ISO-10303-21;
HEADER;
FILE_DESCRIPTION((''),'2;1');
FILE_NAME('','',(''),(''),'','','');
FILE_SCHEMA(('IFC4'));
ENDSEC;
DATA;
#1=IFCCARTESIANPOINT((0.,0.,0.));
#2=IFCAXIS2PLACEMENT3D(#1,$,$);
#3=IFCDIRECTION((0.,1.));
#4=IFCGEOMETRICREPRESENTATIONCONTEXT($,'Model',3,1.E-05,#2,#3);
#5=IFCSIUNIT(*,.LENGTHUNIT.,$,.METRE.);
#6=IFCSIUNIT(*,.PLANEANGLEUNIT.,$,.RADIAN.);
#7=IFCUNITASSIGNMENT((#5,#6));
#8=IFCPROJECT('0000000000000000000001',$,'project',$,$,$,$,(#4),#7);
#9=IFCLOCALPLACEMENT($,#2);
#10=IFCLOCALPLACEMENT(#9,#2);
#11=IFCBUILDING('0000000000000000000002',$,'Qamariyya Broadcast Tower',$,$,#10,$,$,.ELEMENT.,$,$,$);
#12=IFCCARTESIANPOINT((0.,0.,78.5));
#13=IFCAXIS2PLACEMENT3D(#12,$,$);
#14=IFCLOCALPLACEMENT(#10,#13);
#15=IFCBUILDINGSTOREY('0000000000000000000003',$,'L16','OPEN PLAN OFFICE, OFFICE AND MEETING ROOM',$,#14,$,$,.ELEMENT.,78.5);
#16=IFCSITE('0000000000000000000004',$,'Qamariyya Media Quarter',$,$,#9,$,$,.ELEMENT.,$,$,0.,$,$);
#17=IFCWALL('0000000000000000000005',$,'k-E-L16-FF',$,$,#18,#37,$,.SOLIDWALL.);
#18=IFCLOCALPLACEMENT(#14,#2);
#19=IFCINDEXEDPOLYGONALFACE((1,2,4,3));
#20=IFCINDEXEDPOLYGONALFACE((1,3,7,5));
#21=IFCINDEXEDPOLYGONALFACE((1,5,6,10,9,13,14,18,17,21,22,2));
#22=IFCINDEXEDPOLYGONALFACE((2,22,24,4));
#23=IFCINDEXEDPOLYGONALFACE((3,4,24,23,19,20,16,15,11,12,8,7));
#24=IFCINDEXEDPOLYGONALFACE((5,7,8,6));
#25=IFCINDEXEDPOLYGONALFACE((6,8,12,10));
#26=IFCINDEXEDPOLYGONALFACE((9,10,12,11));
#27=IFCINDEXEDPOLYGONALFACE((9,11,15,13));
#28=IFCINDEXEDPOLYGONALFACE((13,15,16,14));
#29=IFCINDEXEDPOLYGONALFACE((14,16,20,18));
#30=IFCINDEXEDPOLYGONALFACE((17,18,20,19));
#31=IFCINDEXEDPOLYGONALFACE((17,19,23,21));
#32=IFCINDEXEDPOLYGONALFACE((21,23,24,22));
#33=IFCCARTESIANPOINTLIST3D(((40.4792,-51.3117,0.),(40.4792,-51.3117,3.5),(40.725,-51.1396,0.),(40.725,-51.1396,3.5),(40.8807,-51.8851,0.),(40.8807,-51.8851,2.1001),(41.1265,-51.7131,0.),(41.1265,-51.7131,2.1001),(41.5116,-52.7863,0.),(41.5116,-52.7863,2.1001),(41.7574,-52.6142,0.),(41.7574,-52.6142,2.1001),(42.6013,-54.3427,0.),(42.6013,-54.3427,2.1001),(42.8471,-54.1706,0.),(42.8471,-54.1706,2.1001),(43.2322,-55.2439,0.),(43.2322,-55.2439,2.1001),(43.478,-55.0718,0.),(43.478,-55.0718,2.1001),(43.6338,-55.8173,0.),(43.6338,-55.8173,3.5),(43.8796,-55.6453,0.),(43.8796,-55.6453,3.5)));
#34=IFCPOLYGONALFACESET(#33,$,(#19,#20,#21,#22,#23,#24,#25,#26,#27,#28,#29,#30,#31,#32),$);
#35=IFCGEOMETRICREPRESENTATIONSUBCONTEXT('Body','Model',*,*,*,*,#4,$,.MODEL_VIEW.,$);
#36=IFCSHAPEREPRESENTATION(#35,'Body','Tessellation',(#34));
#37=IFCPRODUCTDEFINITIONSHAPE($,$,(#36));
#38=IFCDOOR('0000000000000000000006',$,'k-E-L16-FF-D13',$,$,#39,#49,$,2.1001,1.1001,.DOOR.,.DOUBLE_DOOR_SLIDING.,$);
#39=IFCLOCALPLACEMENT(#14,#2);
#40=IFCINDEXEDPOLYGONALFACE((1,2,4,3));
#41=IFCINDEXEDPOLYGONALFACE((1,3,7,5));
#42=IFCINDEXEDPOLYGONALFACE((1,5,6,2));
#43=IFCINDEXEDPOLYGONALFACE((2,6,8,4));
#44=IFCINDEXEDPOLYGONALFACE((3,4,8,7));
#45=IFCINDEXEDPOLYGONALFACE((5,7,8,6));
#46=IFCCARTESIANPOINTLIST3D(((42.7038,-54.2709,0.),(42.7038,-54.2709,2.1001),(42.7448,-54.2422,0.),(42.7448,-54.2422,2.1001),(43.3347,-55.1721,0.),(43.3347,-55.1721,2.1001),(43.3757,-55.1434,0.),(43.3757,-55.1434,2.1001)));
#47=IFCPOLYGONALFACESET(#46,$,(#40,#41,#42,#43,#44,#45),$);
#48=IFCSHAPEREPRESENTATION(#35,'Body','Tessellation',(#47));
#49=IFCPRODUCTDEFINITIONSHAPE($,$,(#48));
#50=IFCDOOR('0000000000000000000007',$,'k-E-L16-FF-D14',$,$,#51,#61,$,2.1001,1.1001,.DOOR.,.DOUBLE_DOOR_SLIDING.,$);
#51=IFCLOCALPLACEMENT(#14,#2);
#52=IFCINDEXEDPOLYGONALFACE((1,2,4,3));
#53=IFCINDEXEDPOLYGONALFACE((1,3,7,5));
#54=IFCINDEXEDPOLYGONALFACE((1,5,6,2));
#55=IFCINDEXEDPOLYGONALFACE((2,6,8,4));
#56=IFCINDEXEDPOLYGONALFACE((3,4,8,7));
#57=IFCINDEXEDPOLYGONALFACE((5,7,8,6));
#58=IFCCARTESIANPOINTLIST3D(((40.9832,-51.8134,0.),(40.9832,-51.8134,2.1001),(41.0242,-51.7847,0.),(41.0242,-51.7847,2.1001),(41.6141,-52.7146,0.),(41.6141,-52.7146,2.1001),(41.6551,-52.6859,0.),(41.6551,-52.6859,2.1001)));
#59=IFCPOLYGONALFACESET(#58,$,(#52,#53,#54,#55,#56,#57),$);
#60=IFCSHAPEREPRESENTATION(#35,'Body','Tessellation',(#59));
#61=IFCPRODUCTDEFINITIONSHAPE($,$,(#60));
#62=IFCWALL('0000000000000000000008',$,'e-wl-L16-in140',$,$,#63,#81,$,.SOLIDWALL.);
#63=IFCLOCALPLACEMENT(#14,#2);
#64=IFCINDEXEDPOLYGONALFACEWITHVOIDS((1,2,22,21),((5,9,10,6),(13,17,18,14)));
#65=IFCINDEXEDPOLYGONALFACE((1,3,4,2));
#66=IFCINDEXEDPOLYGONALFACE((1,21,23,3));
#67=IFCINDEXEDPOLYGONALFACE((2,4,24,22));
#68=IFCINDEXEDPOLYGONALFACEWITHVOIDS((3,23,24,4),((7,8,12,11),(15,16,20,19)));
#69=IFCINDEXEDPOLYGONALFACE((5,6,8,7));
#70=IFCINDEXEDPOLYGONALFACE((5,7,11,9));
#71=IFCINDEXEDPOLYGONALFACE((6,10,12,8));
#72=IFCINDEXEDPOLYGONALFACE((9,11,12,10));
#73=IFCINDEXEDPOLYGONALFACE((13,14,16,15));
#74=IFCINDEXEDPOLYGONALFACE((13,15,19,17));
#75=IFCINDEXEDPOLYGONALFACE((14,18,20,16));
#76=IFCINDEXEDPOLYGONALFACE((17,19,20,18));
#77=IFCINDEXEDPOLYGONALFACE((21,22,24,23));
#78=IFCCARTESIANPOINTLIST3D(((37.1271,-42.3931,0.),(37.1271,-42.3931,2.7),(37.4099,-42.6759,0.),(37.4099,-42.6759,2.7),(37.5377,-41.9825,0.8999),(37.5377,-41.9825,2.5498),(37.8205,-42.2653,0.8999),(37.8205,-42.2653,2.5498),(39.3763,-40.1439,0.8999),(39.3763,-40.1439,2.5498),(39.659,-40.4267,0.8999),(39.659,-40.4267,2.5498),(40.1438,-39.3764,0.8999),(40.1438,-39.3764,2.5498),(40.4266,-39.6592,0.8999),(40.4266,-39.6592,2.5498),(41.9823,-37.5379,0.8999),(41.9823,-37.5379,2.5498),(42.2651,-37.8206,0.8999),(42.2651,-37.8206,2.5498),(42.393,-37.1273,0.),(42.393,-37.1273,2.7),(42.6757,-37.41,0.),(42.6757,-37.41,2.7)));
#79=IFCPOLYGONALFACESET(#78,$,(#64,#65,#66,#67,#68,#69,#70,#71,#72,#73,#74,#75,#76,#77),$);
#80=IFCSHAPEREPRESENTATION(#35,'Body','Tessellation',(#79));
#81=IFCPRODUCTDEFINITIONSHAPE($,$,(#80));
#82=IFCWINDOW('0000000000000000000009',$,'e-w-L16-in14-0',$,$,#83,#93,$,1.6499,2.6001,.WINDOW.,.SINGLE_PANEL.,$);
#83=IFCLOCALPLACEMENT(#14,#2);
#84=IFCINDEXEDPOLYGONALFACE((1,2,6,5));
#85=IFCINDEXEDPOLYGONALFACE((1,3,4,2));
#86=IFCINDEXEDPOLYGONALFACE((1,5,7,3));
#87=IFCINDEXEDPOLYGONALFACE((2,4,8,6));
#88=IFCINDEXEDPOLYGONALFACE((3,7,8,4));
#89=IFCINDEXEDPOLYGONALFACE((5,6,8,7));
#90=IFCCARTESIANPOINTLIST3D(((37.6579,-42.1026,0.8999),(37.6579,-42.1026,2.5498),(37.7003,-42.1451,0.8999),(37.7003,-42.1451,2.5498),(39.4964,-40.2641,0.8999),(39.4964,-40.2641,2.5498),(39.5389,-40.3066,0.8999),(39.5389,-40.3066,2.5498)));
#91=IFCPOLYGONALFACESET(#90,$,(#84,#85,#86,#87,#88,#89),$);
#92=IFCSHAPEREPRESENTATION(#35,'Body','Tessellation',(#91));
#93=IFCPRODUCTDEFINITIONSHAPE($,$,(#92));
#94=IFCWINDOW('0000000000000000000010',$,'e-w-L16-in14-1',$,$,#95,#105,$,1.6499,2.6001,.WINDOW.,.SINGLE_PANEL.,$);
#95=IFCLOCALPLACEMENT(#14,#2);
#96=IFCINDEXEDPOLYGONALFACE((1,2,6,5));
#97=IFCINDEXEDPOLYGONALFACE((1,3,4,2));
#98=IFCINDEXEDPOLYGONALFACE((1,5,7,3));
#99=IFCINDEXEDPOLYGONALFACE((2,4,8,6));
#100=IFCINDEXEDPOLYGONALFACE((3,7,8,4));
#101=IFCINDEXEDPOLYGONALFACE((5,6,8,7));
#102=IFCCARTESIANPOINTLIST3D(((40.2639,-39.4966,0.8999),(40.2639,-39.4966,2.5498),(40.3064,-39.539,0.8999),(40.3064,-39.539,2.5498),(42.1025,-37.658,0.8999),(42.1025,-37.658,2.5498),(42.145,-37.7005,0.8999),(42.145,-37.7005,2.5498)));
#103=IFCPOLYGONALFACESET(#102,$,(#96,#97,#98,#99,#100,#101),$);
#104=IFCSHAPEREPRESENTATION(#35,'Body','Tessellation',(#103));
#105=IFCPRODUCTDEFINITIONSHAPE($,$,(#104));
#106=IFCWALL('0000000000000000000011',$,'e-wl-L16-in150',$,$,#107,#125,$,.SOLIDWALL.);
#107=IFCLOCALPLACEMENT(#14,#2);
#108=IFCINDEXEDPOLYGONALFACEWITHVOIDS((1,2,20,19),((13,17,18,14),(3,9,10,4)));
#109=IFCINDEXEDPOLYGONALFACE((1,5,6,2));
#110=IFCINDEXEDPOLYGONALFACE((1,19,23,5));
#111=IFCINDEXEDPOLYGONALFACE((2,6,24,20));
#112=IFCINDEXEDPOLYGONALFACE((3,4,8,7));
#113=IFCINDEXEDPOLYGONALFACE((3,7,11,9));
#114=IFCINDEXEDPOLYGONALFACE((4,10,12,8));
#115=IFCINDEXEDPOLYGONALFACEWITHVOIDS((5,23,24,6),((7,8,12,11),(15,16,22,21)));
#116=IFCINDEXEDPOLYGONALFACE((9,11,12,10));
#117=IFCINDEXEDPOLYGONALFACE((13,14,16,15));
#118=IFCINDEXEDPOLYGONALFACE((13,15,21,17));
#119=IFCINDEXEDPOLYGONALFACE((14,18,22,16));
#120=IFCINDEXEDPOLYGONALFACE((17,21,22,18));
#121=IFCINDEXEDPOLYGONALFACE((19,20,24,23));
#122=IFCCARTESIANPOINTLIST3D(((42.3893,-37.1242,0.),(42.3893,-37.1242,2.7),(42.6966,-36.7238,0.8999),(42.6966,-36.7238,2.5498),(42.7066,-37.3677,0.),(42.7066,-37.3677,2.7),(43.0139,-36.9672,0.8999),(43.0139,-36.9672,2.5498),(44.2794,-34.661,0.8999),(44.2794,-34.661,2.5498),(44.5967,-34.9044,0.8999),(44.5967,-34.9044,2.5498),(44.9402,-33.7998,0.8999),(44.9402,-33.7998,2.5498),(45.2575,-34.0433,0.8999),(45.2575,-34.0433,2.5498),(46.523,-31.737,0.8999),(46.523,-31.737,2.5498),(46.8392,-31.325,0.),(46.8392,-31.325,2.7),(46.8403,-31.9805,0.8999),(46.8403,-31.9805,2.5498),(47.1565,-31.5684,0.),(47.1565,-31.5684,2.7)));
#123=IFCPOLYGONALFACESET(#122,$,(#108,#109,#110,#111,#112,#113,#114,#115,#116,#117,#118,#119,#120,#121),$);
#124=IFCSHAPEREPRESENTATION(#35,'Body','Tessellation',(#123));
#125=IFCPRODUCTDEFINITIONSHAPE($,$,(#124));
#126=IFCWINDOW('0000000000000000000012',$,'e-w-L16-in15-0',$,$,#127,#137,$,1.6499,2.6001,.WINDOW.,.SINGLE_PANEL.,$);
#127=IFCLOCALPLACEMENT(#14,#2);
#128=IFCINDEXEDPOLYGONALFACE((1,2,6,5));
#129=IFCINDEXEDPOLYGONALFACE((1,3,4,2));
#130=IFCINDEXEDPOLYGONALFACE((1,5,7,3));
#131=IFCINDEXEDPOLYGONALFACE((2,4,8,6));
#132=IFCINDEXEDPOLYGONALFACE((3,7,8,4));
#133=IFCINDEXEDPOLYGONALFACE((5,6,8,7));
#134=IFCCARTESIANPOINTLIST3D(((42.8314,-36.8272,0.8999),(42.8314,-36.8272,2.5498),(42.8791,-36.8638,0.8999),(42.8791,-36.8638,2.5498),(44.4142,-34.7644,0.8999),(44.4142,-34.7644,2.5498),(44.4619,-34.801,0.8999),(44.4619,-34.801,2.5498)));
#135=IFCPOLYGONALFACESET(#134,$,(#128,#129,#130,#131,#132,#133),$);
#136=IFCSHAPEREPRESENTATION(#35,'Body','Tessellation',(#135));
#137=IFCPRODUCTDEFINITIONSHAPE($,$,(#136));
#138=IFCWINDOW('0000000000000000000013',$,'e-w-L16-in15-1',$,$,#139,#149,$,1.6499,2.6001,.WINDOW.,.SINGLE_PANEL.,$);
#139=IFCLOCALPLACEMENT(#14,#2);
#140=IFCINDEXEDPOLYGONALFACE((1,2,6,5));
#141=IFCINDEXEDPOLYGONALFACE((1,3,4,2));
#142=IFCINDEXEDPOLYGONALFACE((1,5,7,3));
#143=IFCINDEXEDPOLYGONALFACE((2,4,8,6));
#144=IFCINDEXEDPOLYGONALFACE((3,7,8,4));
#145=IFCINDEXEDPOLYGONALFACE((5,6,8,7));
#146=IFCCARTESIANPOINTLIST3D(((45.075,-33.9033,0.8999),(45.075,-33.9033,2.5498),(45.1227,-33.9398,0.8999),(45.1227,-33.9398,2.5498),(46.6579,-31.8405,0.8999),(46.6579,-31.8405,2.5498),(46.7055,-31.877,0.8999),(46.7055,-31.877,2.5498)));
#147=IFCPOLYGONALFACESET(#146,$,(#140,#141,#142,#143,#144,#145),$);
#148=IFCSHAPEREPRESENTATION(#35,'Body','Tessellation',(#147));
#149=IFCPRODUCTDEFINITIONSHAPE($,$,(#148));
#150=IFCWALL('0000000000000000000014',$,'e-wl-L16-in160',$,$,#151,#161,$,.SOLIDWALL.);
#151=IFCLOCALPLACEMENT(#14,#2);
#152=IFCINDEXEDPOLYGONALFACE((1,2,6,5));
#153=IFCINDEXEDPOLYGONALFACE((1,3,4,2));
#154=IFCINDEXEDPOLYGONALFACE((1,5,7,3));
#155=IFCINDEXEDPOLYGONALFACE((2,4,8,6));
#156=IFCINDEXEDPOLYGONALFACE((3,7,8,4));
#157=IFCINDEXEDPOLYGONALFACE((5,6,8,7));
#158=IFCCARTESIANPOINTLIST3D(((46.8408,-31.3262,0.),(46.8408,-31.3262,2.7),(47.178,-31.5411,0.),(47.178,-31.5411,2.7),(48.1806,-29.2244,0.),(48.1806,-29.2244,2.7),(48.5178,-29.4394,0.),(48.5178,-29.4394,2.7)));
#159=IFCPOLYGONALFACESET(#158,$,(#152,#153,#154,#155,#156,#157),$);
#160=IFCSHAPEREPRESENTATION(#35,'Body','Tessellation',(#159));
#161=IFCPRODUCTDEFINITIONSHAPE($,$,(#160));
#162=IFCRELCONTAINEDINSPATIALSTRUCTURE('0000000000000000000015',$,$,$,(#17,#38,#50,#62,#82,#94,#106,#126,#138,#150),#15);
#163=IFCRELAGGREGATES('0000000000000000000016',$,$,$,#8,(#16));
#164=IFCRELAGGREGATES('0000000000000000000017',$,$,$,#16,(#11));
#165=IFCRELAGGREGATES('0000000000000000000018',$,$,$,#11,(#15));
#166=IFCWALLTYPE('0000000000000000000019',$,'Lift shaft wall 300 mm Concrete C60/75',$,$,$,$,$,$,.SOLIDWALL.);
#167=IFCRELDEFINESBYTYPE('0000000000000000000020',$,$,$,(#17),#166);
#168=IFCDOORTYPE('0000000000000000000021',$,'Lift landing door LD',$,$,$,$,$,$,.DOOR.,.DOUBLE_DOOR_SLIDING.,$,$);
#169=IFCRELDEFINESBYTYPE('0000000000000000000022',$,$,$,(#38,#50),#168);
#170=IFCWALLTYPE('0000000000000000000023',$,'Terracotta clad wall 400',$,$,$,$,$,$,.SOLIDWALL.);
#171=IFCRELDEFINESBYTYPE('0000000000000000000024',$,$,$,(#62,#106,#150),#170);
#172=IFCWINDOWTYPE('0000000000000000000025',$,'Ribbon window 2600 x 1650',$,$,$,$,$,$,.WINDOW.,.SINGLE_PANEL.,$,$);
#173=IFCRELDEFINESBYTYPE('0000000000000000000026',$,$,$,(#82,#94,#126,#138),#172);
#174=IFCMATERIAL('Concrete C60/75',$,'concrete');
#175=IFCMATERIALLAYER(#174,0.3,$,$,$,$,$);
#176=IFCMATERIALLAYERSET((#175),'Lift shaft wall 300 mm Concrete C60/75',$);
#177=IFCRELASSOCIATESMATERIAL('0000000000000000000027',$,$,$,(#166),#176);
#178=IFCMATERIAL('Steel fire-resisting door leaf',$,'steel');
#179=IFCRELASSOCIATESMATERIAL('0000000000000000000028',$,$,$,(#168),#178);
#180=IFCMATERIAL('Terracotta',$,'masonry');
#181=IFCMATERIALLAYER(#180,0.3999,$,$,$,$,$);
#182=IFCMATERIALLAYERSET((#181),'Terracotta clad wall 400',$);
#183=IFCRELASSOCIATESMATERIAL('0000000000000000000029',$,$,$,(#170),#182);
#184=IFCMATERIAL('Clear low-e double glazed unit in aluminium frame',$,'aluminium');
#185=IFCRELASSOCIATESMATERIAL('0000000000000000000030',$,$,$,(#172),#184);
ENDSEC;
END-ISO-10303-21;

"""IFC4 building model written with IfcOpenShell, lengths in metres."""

from ifc_helpers import new_model, si_unit, direction, frame, frame_2d, origin, place, context, subcontext, project, spatial, rectangle, extrude, material, layer, layer_set, type_object, element, fill, save


model = new_model("IFC4")

# Units and contexts
model_context = context("Model", 3, precision=1e-05, world=origin(), true_north=direction((0.0, 1.0)))
body_context = subcontext(model_context, "Body", "Model", "MODEL_VIEW")
ifc_project = project(units=[si_unit("LENGTHUNIT", "METRE"), si_unit("PLANEANGLEUNIT", "RADIAN")], contexts=[model_context])

# Site, building, storey
site_placement = place(None, origin())
site = spatial("IfcSite", under=ifc_project, at=site_placement, Name="Qamariyya Media Quarter", CompositionType="ELEMENT", RefElevation=0.0)
building_placement = place(site_placement, origin())
building = spatial("IfcBuilding", under=site, at=building_placement, Name="Qamariyya Broadcast Tower", CompositionType="ELEMENT")
storey_placement = place(building_placement, frame((0.0, 0.0, 78.5)))
storey = spatial("IfcBuildingStorey", under=building, at=storey_placement, Name="L16", Description="OPEN PLAN OFFICE, OFFICE AND MEETING ROOM", CompositionType="ELEMENT", Elevation=78.5)

# Shared definitions
ifc_material_1 = material(Name="Concrete C60/75", Category="concrete")

# Wall, openings, doors
ifc_layer_1 = layer(ifc_material_1, 0.3)
ifc_layer_set_1 = layer_set([ifc_layer_1], Name="Lift shaft wall 300 mm Concrete C60/75")
wall_type_1 = type_object("IfcWallType", Name="Lift shaft wall 300 mm Concrete C60/75", PredefinedType="SOLIDWALL", material=ifc_layer_set_1)
wall_1_placement = place(storey_placement, frame((43.7566, -55.7312, 0.0), z_axis=(0.0, 0.0, 1.0), x_axis=(-0.573537, 0.81918, 0.0)))
wall_1 = element("IfcWall", 1, at=wall_1_placement, inside=storey, type_object=wall_type_1, Name="k-E-L16-FF", PredefinedType="SOLIDWALL", context=body_context, shape_type="SweptSolid", body=[
    extrude(rectangle(XDim=5.5002, YDim=0.3, at=frame_2d((2.75, 0.0))), origin(), (0.0, 0.0, 1.0), 3.5),
])
opening_1_placement = place(wall_1_placement, frame((0.7, 0.0, 0.0)))
opening_1 = element("IfcOpeningElement", 2, at=opening_1_placement, cuts=wall_1, PredefinedType="OPENING", context=body_context, shape_type="SweptSolid", body=[
    extrude(rectangle(XDim=1.1001, YDim=2.1001, at=frame_2d((0.55, 1.05))), frame((0.0, 0.1599, 0.0), z_axis=(0.0, -1.0, 0.0), x_axis=(1.0, 0.0, 0.0)), (0.0, 0.0, 1.0), 0.3201),
])
opening_2_placement = place(wall_1_placement, frame((3.7, 0.0, 0.0)))
opening_2 = element("IfcOpeningElement", 3, at=opening_2_placement, cuts=wall_1, PredefinedType="OPENING", context=body_context, shape_type="SweptSolid", body=[
    extrude(rectangle(XDim=1.1001, YDim=2.1001, at=frame_2d((0.55, 1.05))), frame((0.0, 0.1599, 0.0), z_axis=(0.0, -1.0, 0.0), x_axis=(1.0, 0.0, 0.0)), (0.0, 0.0, 1.0), 0.3201),
])
ifc_material_2 = material(Name="Steel fire-resisting door leaf", Category="steel")
door_type_1 = type_object("IfcDoorType", Name="Lift landing door LD", OperationType="DOUBLE_DOOR_SLIDING", PredefinedType="DOOR", material=ifc_material_2)
door_1_placement = place(opening_1_placement, origin())
door_1 = element("IfcDoor", 4, at=door_1_placement, inside=storey, type_object=door_type_1, Name="k-E-L16-FF-D13", OperationType="DOUBLE_DOOR_SLIDING", OverallHeight=2.1001, OverallWidth=1.1001, PredefinedType="DOOR", context=body_context, shape_type="SweptSolid", body=[
    extrude(rectangle(XDim=1.1001, YDim=2.1001, at=frame_2d((0.55, 1.05))), frame((0.0, 0.0249, 0.0), z_axis=(0.0, -1.0, 0.0), x_axis=(1.0, 0.0, 0.0)), (0.0, 0.0, 1.0), 0.05),
])
fill(opening_1, door_1)
door_2_placement = place(opening_2_placement, origin())
door_2 = element("IfcDoor", 5, at=door_2_placement, inside=storey, type_object=door_type_1, Name="k-E-L16-FF-D14", OperationType="DOUBLE_DOOR_SLIDING", OverallHeight=2.1001, OverallWidth=1.1001, PredefinedType="DOOR", context=body_context, shape_type="SweptSolid", body=[
    extrude(rectangle(XDim=1.1001, YDim=2.1001, at=frame_2d((0.55, 1.05))), frame((0.0, 0.0249, 0.0), z_axis=(0.0, -1.0, 0.0), x_axis=(1.0, 0.0, 0.0)), (0.0, 0.0, 1.0), 0.05),
])
fill(opening_2, door_2)

# Walls, openings, windows
ifc_material_3 = material(Name="Terracotta", Category="masonry")
ifc_layer_2 = layer(ifc_material_3, 0.3999)
ifc_layer_set_2 = layer_set([ifc_layer_2], Name="Terracotta clad wall 400")
wall_type_2 = type_object("IfcWallType", Name="Terracotta clad wall 400", PredefinedType="SOLIDWALL", material=ifc_layer_set_2)
wall_2_placement = place(storey_placement, frame((42.5344, -37.2686, 0.0), z_axis=(0.0, 0.0, 1.0), x_axis=(-0.707107, -0.707107, 0.0)))
wall_2 = element("IfcWall", 6, at=wall_2_placement, inside=storey, type_object=wall_type_2, Name="e-wl-L16-in140", PredefinedType="SOLIDWALL", context=body_context, shape_type="SweptSolid", body=[
    extrude(rectangle(XDim=7.447, YDim=0.3999, at=frame_2d((3.7236, 0.0))), origin(), (0.0, 0.0, 1.0), 2.7),
])
opening_3_placement = place(wall_2_placement, frame((4.2664, 0.0, 0.8999)))
opening_3 = element("IfcOpeningElement", 7, at=opening_3_placement, cuts=wall_2, PredefinedType="OPENING", context=body_context, shape_type="SweptSolid", body=[
    extrude(rectangle(XDim=2.6001, YDim=1.6499, at=frame_2d((1.3, 0.825))), frame((0.0, 0.21, 0.0), z_axis=(0.0, -1.0, 0.0), x_axis=(1.0, 0.0, 0.0)), (0.0, 0.0, 1.0), 0.4199),
])
opening_4_placement = place(wall_2_placement, frame((0.5808, 0.0, 0.8999)))
opening_4 = element("IfcOpeningElement", 8, at=opening_4_placement, cuts=wall_2, PredefinedType="OPENING", context=body_context, shape_type="SweptSolid", body=[
    extrude(rectangle(XDim=2.6001, YDim=1.6499, at=frame_2d((1.3, 0.825))), frame((0.0, 0.21, 0.0), z_axis=(0.0, -1.0, 0.0), x_axis=(1.0, 0.0, 0.0)), (0.0, 0.0, 1.0), 0.4199),
])
ifc_material_4 = material(Name="Clear low-e double glazed unit in aluminium frame", Category="aluminium")
window_type = type_object("IfcWindowType", Name="Ribbon window 2600 x 1650", PartitioningType="SINGLE_PANEL", PredefinedType="WINDOW", material=ifc_material_4)
window_1_placement = place(opening_3_placement, origin())
window_1 = element("IfcWindow", 9, at=window_1_placement, inside=storey, type_object=window_type, Name="e-w-L16-in14-0", OverallHeight=1.6499, OverallWidth=2.6001, PartitioningType="SINGLE_PANEL", PredefinedType="WINDOW", context=body_context, shape_type="SweptSolid", body=[
    extrude(rectangle(XDim=2.6001, YDim=1.6499, at=frame_2d((1.3, 0.825))), frame((0.0, 0.03, 0.0), z_axis=(0.0, -1.0, 0.0), x_axis=(1.0, 0.0, 0.0)), (0.0, 0.0, 1.0), 0.0601),
])
fill(opening_3, window_1)
window_2_placement = place(opening_4_placement, origin())
window_2 = element("IfcWindow", 10, at=window_2_placement, inside=storey, type_object=window_type, Name="e-w-L16-in14-1", OverallHeight=1.6499, OverallWidth=2.6001, PartitioningType="SINGLE_PANEL", PredefinedType="WINDOW", context=body_context, shape_type="SweptSolid", body=[
    extrude(rectangle(XDim=2.6001, YDim=1.6499, at=frame_2d((1.3, 0.825))), frame((0.0, 0.03, 0.0), z_axis=(0.0, -1.0, 0.0), x_axis=(1.0, 0.0, 0.0)), (0.0, 0.0, 1.0), 0.0601),
])
fill(opening_4, window_2)
wall_3_placement = place(storey_placement, frame((46.9978, -31.4468, 0.0), z_axis=(0.0, 0.0, 1.0), x_axis=(-0.60876, -0.793355, 0.0)))
wall_3 = element("IfcWall", 11, at=wall_3_placement, inside=storey, type_object=wall_type_2, Name="e-wl-L16-in150", PredefinedType="SOLIDWALL", context=body_context, shape_type="SweptSolid", body=[
    extrude(rectangle(XDim=7.3098, YDim=0.3999, at=frame_2d((3.6548, 0.0))), origin(), (0.0, 0.0, 1.0), 2.7),
])
opening_5_placement = place(wall_3_placement, frame((4.2048, 0.0, 0.8999)))
opening_5 = element("IfcOpeningElement", 12, at=opening_5_placement, cuts=wall_3, PredefinedType="OPENING", context=body_context, shape_type="SweptSolid", body=[
    extrude(rectangle(XDim=2.6001, YDim=1.6499, at=frame_2d((1.3, 0.825))), frame((0.0, 0.21, 0.0), z_axis=(0.0, -1.0, 0.0), x_axis=(1.0, 0.0, 0.0)), (0.0, 0.0, 1.0), 0.4199),
])
opening_6_placement = place(wall_3_placement, frame((0.5193, 0.0, 0.8999)))
opening_6 = element("IfcOpeningElement", 13, at=opening_6_placement, cuts=wall_3, PredefinedType="OPENING", context=body_context, shape_type="SweptSolid", body=[
    extrude(rectangle(XDim=2.6001, YDim=1.6499, at=frame_2d((1.3, 0.825))), frame((0.0, 0.21, 0.0), z_axis=(0.0, -1.0, 0.0), x_axis=(1.0, 0.0, 0.0)), (0.0, 0.0, 1.0), 0.4199),
])
window_3_placement = place(opening_5_placement, origin())
window_3 = element("IfcWindow", 14, at=window_3_placement, inside=storey, type_object=window_type, Name="e-w-L16-in15-0", OverallHeight=1.6499, OverallWidth=2.6001, PartitioningType="SINGLE_PANEL", PredefinedType="WINDOW", context=body_context, shape_type="SweptSolid", body=[
    extrude(rectangle(XDim=2.6001, YDim=1.6499, at=frame_2d((1.3, 0.825))), frame((0.0, 0.03, 0.0), z_axis=(0.0, -1.0, 0.0), x_axis=(1.0, 0.0, 0.0)), (0.0, 0.0, 1.0), 0.0601),
])
fill(opening_5, window_3)
window_4_placement = place(opening_6_placement, origin())
window_4 = element("IfcWindow", 15, at=window_4_placement, inside=storey, type_object=window_type, Name="e-w-L16-in15-1", OverallHeight=1.6499, OverallWidth=2.6001, PartitioningType="SINGLE_PANEL", PredefinedType="WINDOW", context=body_context, shape_type="SweptSolid", body=[
    extrude(rectangle(XDim=2.6001, YDim=1.6499, at=frame_2d((1.3, 0.825))), frame((0.0, 0.03, 0.0), z_axis=(0.0, -1.0, 0.0), x_axis=(1.0, 0.0, 0.0)), (0.0, 0.0, 1.0), 0.0601),
])
fill(opening_6, window_4)

# Wall
wall_4_placement = place(storey_placement, frame((48.3491, -29.332, 0.0), z_axis=(0.0, 0.0, 1.0), x_axis=(-0.537541, -0.843238, 0.0)))
element("IfcWall", 16, at=wall_4_placement, inside=storey, type_object=wall_type_2, Name="e-wl-L16-in160", PredefinedType="SOLIDWALL", context=body_context, shape_type="SweptSolid", body=[
    extrude(rectangle(XDim=2.4924, YDim=0.3999, at=frame_2d((1.2461, 0.0))), origin(), (0.0, 0.0, 1.0), 2.7),
])

save(model, "model.ifc")
